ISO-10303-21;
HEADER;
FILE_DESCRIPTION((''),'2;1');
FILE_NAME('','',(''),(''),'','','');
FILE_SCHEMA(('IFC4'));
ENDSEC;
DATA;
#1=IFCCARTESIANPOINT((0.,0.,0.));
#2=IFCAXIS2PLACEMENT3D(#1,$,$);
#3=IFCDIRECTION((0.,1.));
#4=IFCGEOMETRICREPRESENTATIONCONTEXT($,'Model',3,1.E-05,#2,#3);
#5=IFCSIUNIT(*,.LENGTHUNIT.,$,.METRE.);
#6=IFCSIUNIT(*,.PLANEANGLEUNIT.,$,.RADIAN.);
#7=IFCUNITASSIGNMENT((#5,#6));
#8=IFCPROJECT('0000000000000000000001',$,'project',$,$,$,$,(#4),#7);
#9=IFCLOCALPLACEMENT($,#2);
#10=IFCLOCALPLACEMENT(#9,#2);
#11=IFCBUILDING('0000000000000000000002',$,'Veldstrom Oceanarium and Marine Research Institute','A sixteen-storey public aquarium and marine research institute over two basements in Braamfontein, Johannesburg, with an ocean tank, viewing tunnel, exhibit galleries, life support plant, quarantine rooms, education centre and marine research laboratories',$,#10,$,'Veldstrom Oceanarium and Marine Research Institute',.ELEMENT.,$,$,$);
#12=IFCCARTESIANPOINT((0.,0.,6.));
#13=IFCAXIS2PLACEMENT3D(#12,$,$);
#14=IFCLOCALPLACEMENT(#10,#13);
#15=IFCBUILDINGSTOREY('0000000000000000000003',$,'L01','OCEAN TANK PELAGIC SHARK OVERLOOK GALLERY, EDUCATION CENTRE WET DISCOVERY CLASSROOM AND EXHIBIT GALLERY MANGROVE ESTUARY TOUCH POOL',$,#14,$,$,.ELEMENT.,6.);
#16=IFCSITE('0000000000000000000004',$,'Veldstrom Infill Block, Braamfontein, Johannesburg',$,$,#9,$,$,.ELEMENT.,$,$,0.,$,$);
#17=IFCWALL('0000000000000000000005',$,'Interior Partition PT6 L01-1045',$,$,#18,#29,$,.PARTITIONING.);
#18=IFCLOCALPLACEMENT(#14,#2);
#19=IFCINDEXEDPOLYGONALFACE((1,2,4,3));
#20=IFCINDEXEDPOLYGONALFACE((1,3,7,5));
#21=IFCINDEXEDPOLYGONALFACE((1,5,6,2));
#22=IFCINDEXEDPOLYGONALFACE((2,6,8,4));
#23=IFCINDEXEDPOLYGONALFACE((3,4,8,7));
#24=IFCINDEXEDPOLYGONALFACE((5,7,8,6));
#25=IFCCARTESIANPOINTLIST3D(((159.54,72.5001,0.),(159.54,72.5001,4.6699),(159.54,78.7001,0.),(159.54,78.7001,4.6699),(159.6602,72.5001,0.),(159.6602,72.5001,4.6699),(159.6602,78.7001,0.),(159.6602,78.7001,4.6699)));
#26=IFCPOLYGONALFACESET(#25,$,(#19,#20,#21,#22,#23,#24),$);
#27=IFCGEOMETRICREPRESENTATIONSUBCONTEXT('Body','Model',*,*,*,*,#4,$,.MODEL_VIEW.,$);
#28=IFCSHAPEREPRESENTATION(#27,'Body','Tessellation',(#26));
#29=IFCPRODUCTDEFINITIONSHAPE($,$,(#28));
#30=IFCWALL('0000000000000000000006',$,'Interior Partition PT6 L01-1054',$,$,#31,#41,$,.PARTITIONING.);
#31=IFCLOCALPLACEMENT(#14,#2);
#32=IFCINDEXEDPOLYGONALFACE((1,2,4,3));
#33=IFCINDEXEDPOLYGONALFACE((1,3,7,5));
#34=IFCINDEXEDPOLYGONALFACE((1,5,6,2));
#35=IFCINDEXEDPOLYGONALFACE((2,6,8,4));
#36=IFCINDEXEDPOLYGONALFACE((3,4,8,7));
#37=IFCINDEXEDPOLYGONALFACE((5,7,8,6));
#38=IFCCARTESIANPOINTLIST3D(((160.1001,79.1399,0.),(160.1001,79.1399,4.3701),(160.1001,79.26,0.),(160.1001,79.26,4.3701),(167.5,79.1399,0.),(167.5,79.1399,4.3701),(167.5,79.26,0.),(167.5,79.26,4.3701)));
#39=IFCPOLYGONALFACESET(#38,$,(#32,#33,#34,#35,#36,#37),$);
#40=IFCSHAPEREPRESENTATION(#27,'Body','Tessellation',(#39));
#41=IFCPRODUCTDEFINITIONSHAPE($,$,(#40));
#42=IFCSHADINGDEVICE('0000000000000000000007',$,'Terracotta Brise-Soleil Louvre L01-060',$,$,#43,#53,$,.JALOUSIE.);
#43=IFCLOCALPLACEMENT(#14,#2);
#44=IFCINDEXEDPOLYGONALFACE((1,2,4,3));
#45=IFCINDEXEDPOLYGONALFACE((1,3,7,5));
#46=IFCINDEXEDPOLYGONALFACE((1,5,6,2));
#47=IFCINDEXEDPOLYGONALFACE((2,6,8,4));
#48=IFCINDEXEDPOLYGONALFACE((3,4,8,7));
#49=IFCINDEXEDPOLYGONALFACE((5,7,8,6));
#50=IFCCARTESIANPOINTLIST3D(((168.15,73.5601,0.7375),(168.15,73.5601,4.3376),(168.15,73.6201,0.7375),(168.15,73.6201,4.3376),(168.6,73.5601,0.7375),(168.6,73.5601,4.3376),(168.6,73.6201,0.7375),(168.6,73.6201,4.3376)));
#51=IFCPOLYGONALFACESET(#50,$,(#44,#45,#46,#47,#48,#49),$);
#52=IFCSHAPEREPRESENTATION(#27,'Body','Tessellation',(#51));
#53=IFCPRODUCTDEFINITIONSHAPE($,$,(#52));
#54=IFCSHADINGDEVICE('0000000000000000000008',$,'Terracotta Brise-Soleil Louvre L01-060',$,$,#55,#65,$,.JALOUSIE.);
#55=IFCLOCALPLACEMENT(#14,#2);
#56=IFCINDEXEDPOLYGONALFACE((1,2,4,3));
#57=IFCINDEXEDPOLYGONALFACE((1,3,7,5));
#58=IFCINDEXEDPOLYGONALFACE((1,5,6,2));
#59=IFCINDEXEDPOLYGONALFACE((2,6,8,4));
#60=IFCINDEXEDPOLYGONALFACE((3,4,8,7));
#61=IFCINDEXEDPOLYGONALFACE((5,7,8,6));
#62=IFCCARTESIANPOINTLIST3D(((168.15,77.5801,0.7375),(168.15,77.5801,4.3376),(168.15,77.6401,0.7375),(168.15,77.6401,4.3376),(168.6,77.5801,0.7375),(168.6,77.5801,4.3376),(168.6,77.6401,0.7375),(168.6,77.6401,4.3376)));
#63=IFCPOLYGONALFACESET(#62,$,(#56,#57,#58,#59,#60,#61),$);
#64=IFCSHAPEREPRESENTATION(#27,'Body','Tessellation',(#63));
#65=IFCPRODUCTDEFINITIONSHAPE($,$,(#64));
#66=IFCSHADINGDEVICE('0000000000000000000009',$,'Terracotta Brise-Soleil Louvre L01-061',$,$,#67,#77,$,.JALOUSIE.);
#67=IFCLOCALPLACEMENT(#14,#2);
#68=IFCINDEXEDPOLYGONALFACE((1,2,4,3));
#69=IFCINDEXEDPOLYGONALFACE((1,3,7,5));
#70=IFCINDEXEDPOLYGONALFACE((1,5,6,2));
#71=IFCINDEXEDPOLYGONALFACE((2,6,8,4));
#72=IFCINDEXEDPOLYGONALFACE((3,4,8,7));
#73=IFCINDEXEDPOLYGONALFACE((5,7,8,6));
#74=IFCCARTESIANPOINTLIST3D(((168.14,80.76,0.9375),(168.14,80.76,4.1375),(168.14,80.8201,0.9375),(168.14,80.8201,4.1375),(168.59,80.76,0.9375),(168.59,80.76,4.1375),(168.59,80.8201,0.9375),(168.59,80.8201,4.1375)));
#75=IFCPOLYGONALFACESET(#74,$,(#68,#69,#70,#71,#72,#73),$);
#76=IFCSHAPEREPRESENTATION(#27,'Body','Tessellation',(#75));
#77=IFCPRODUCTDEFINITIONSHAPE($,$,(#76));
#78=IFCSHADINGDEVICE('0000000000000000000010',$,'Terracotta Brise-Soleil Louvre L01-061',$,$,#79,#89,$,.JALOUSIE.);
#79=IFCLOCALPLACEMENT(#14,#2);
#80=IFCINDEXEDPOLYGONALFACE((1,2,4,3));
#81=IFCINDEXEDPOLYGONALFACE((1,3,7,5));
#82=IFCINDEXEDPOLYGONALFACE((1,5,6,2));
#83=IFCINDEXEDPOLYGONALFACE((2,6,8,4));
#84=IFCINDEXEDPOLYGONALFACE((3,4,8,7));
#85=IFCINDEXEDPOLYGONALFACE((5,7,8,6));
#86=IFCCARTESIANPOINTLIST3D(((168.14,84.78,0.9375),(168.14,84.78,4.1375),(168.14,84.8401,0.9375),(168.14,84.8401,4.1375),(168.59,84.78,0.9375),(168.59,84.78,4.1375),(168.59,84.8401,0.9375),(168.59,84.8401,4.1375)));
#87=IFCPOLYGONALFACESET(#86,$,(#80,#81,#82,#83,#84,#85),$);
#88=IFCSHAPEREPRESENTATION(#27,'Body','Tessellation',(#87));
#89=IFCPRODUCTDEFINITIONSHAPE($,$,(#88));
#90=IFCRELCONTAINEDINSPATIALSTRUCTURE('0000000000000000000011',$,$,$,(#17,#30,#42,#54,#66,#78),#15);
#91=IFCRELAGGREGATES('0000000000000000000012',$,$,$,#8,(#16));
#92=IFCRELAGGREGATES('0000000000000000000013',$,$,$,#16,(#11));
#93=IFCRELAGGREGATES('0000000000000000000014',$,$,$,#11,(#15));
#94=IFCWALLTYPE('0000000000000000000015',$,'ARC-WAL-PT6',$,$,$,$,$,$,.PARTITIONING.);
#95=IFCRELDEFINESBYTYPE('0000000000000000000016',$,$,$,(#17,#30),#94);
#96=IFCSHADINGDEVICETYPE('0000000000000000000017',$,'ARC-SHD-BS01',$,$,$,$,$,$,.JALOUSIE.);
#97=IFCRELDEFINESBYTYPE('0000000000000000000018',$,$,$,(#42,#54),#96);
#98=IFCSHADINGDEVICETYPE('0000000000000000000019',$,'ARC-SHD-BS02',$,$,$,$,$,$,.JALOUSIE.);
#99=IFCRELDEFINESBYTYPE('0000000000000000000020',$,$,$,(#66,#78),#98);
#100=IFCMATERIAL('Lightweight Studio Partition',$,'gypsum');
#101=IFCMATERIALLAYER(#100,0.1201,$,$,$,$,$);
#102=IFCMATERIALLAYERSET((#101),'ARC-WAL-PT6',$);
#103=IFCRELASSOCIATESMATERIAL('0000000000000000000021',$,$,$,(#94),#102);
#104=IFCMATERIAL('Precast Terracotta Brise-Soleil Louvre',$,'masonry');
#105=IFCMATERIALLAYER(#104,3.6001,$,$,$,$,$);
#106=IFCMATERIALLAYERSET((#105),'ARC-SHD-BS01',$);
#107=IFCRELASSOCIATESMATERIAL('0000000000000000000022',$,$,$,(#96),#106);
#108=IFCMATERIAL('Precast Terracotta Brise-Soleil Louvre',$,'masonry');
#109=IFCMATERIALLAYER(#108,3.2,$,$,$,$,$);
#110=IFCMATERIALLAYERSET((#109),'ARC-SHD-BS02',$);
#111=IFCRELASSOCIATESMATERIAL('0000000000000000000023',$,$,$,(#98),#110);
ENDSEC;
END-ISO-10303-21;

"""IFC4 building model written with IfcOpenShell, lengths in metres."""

from ifc_helpers import new_model, si_unit, direction, frame, frame_2d, origin, origin_2d, place, context, subcontext, project, spatial, rectangle, extrude, material, layer, layer_set, type_object, element, save


model = new_model("IFC4")

# Units and contexts
model_context = context("Model", 3, precision=1e-05, world=origin(), true_north=direction((0.0, 1.0)))
body_context = subcontext(model_context, "Body", "Model", "MODEL_VIEW")
ifc_project = project(units=[si_unit("LENGTHUNIT", "METRE"), si_unit("PLANEANGLEUNIT", "RADIAN")], contexts=[model_context])

# Site, building, storey
site_placement = place(None, origin())
site = spatial("IfcSite", under=ifc_project, at=site_placement, Name="Veldstrom Infill Block, Braamfontein, Johannesburg", CompositionType="ELEMENT", RefElevation=0.0)
building_placement = place(site_placement, origin())
building = spatial("IfcBuilding", under=site, at=building_placement, Name="Veldstrom Oceanarium and Marine Research Institute", Description="A sixteen-storey public aquarium and marine research institute over two basements in Braamfontein, Johannesburg, with an ocean tank, viewing tunnel, exhibit galleries, life support plant, quarantine rooms, education centre and marine research laboratories", LongName="Veldstrom Oceanarium and Marine Research Institute", CompositionType="ELEMENT")
storey_placement = place(building_placement, frame((0.0, 0.0, 6.0)))
storey = spatial("IfcBuildingStorey", under=building, at=storey_placement, Name="L01", Description="OCEAN TANK PELAGIC SHARK OVERLOOK GALLERY, EDUCATION CENTRE WET DISCOVERY CLASSROOM AND EXHIBIT GALLERY MANGROVE ESTUARY TOUCH POOL", CompositionType="ELEMENT", Elevation=6.0)

# Walls
ifc_material_1 = material(Name="Lightweight Studio Partition", Category="gypsum")
ifc_layer_1 = layer(ifc_material_1, 0.1201)
ifc_layer_set_1 = layer_set([ifc_layer_1], Name="ARC-WAL-PT6")
wall_type_1 = type_object("IfcWallType", Name="ARC-WAL-PT6", PredefinedType="PARTITIONING", material=ifc_layer_set_1)
wall_1_placement = place(storey_placement, frame((159.6001, 72.5, 0.0), z_axis=(0.0, 0.0, 1.0), x_axis=(0.0, 1.0, 0.0)))
element("IfcWall", 1, at=wall_1_placement, inside=storey, type_object=wall_type_1, Name="Interior Partition PT6 L01-1045", PredefinedType="PARTITIONING", context=body_context, shape_type="SweptSolid", body=[
    extrude(rectangle(XDim=6.2, YDim=0.1201, at=frame_2d((3.1001, 0.0))), origin(), (0.0, 0.0, 1.0), 4.6699),
])
wall_2_placement = place(storey_placement, frame((160.1001, 79.2, 0.0), z_axis=(0.0, 0.0, 1.0), x_axis=(1.0, 0.0, 0.0)))
element("IfcWall", 2, at=wall_2_placement, inside=storey, type_object=wall_type_1, Name="Interior Partition PT6 L01-1054", PredefinedType="PARTITIONING", context=body_context, shape_type="SweptSolid", body=[
    extrude(rectangle(XDim=7.3999, YDim=0.1201, at=frame_2d((3.7, 0.0))), origin(), (0.0, 0.0, 1.0), 4.3701),
])

# Shading devices
ifc_material_2 = material(Name="Precast Terracotta Brise-Soleil Louvre", Category="masonry")
ifc_layer_2 = layer(ifc_material_2, 3.6001)
ifc_layer_set_2 = layer_set([ifc_layer_2], Name="ARC-SHD-BS01")
shading_device_type_1 = type_object("IfcShadingDeviceType", Name="ARC-SHD-BS01", PredefinedType="JALOUSIE", material=ifc_layer_set_2)
for number, where, z_axis, x_axis, name in (
    (3, (168.375, 73.5901, 0.7375), (0.0, 0.0, 1.0), (1.0, 0.0, 0.0), "Terracotta Brise-Soleil Louvre L01-060"),
    (4, (168.375, 77.6101, 0.7375), (0.0, 0.0, 1.0), (1.0, 0.0, 0.0), "Terracotta Brise-Soleil Louvre L01-060"),
):
    element("IfcShadingDevice", number, at=place(storey_placement, frame(where, z_axis=z_axis, x_axis=x_axis)), inside=storey, type_object=shading_device_type_1, Name=name, PredefinedType="JALOUSIE", context=body_context, shape_type="SweptSolid", body=[
        extrude(rectangle(XDim=0.45, YDim=0.0601, at=origin_2d()), origin(), (0.0, 0.0, 1.0), 3.6001),
    ])
ifc_material_3 = material(Name="Precast Terracotta Brise-Soleil Louvre", Category="masonry")
ifc_layer_3 = layer(ifc_material_3, 3.2)
ifc_layer_set_3 = layer_set([ifc_layer_3], Name="ARC-SHD-BS02")
shading_device_type_2 = type_object("IfcShadingDeviceType", Name="ARC-SHD-BS02", PredefinedType="JALOUSIE", material=ifc_layer_set_3)
for number, where, z_axis, x_axis, name in (
    (5, (168.365, 80.79, 0.9375), (0.0, 0.0, 1.0), (1.0, 0.0, 0.0), "Terracotta Brise-Soleil Louvre L01-061"),
    (6, (168.365, 84.8101, 0.9375), (0.0, 0.0, 1.0), (1.0, 0.0, 0.0), "Terracotta Brise-Soleil Louvre L01-061"),
):
    element("IfcShadingDevice", number, at=place(storey_placement, frame(where, z_axis=z_axis, x_axis=x_axis)), inside=storey, type_object=shading_device_type_2, Name=name, PredefinedType="JALOUSIE", context=body_context, shape_type="SweptSolid", body=[
        extrude(rectangle(XDim=0.45, YDim=0.0601, at=origin_2d()), origin(), (0.0, 0.0, 1.0), 3.2),
    ])

save(model, "model.ifc")
